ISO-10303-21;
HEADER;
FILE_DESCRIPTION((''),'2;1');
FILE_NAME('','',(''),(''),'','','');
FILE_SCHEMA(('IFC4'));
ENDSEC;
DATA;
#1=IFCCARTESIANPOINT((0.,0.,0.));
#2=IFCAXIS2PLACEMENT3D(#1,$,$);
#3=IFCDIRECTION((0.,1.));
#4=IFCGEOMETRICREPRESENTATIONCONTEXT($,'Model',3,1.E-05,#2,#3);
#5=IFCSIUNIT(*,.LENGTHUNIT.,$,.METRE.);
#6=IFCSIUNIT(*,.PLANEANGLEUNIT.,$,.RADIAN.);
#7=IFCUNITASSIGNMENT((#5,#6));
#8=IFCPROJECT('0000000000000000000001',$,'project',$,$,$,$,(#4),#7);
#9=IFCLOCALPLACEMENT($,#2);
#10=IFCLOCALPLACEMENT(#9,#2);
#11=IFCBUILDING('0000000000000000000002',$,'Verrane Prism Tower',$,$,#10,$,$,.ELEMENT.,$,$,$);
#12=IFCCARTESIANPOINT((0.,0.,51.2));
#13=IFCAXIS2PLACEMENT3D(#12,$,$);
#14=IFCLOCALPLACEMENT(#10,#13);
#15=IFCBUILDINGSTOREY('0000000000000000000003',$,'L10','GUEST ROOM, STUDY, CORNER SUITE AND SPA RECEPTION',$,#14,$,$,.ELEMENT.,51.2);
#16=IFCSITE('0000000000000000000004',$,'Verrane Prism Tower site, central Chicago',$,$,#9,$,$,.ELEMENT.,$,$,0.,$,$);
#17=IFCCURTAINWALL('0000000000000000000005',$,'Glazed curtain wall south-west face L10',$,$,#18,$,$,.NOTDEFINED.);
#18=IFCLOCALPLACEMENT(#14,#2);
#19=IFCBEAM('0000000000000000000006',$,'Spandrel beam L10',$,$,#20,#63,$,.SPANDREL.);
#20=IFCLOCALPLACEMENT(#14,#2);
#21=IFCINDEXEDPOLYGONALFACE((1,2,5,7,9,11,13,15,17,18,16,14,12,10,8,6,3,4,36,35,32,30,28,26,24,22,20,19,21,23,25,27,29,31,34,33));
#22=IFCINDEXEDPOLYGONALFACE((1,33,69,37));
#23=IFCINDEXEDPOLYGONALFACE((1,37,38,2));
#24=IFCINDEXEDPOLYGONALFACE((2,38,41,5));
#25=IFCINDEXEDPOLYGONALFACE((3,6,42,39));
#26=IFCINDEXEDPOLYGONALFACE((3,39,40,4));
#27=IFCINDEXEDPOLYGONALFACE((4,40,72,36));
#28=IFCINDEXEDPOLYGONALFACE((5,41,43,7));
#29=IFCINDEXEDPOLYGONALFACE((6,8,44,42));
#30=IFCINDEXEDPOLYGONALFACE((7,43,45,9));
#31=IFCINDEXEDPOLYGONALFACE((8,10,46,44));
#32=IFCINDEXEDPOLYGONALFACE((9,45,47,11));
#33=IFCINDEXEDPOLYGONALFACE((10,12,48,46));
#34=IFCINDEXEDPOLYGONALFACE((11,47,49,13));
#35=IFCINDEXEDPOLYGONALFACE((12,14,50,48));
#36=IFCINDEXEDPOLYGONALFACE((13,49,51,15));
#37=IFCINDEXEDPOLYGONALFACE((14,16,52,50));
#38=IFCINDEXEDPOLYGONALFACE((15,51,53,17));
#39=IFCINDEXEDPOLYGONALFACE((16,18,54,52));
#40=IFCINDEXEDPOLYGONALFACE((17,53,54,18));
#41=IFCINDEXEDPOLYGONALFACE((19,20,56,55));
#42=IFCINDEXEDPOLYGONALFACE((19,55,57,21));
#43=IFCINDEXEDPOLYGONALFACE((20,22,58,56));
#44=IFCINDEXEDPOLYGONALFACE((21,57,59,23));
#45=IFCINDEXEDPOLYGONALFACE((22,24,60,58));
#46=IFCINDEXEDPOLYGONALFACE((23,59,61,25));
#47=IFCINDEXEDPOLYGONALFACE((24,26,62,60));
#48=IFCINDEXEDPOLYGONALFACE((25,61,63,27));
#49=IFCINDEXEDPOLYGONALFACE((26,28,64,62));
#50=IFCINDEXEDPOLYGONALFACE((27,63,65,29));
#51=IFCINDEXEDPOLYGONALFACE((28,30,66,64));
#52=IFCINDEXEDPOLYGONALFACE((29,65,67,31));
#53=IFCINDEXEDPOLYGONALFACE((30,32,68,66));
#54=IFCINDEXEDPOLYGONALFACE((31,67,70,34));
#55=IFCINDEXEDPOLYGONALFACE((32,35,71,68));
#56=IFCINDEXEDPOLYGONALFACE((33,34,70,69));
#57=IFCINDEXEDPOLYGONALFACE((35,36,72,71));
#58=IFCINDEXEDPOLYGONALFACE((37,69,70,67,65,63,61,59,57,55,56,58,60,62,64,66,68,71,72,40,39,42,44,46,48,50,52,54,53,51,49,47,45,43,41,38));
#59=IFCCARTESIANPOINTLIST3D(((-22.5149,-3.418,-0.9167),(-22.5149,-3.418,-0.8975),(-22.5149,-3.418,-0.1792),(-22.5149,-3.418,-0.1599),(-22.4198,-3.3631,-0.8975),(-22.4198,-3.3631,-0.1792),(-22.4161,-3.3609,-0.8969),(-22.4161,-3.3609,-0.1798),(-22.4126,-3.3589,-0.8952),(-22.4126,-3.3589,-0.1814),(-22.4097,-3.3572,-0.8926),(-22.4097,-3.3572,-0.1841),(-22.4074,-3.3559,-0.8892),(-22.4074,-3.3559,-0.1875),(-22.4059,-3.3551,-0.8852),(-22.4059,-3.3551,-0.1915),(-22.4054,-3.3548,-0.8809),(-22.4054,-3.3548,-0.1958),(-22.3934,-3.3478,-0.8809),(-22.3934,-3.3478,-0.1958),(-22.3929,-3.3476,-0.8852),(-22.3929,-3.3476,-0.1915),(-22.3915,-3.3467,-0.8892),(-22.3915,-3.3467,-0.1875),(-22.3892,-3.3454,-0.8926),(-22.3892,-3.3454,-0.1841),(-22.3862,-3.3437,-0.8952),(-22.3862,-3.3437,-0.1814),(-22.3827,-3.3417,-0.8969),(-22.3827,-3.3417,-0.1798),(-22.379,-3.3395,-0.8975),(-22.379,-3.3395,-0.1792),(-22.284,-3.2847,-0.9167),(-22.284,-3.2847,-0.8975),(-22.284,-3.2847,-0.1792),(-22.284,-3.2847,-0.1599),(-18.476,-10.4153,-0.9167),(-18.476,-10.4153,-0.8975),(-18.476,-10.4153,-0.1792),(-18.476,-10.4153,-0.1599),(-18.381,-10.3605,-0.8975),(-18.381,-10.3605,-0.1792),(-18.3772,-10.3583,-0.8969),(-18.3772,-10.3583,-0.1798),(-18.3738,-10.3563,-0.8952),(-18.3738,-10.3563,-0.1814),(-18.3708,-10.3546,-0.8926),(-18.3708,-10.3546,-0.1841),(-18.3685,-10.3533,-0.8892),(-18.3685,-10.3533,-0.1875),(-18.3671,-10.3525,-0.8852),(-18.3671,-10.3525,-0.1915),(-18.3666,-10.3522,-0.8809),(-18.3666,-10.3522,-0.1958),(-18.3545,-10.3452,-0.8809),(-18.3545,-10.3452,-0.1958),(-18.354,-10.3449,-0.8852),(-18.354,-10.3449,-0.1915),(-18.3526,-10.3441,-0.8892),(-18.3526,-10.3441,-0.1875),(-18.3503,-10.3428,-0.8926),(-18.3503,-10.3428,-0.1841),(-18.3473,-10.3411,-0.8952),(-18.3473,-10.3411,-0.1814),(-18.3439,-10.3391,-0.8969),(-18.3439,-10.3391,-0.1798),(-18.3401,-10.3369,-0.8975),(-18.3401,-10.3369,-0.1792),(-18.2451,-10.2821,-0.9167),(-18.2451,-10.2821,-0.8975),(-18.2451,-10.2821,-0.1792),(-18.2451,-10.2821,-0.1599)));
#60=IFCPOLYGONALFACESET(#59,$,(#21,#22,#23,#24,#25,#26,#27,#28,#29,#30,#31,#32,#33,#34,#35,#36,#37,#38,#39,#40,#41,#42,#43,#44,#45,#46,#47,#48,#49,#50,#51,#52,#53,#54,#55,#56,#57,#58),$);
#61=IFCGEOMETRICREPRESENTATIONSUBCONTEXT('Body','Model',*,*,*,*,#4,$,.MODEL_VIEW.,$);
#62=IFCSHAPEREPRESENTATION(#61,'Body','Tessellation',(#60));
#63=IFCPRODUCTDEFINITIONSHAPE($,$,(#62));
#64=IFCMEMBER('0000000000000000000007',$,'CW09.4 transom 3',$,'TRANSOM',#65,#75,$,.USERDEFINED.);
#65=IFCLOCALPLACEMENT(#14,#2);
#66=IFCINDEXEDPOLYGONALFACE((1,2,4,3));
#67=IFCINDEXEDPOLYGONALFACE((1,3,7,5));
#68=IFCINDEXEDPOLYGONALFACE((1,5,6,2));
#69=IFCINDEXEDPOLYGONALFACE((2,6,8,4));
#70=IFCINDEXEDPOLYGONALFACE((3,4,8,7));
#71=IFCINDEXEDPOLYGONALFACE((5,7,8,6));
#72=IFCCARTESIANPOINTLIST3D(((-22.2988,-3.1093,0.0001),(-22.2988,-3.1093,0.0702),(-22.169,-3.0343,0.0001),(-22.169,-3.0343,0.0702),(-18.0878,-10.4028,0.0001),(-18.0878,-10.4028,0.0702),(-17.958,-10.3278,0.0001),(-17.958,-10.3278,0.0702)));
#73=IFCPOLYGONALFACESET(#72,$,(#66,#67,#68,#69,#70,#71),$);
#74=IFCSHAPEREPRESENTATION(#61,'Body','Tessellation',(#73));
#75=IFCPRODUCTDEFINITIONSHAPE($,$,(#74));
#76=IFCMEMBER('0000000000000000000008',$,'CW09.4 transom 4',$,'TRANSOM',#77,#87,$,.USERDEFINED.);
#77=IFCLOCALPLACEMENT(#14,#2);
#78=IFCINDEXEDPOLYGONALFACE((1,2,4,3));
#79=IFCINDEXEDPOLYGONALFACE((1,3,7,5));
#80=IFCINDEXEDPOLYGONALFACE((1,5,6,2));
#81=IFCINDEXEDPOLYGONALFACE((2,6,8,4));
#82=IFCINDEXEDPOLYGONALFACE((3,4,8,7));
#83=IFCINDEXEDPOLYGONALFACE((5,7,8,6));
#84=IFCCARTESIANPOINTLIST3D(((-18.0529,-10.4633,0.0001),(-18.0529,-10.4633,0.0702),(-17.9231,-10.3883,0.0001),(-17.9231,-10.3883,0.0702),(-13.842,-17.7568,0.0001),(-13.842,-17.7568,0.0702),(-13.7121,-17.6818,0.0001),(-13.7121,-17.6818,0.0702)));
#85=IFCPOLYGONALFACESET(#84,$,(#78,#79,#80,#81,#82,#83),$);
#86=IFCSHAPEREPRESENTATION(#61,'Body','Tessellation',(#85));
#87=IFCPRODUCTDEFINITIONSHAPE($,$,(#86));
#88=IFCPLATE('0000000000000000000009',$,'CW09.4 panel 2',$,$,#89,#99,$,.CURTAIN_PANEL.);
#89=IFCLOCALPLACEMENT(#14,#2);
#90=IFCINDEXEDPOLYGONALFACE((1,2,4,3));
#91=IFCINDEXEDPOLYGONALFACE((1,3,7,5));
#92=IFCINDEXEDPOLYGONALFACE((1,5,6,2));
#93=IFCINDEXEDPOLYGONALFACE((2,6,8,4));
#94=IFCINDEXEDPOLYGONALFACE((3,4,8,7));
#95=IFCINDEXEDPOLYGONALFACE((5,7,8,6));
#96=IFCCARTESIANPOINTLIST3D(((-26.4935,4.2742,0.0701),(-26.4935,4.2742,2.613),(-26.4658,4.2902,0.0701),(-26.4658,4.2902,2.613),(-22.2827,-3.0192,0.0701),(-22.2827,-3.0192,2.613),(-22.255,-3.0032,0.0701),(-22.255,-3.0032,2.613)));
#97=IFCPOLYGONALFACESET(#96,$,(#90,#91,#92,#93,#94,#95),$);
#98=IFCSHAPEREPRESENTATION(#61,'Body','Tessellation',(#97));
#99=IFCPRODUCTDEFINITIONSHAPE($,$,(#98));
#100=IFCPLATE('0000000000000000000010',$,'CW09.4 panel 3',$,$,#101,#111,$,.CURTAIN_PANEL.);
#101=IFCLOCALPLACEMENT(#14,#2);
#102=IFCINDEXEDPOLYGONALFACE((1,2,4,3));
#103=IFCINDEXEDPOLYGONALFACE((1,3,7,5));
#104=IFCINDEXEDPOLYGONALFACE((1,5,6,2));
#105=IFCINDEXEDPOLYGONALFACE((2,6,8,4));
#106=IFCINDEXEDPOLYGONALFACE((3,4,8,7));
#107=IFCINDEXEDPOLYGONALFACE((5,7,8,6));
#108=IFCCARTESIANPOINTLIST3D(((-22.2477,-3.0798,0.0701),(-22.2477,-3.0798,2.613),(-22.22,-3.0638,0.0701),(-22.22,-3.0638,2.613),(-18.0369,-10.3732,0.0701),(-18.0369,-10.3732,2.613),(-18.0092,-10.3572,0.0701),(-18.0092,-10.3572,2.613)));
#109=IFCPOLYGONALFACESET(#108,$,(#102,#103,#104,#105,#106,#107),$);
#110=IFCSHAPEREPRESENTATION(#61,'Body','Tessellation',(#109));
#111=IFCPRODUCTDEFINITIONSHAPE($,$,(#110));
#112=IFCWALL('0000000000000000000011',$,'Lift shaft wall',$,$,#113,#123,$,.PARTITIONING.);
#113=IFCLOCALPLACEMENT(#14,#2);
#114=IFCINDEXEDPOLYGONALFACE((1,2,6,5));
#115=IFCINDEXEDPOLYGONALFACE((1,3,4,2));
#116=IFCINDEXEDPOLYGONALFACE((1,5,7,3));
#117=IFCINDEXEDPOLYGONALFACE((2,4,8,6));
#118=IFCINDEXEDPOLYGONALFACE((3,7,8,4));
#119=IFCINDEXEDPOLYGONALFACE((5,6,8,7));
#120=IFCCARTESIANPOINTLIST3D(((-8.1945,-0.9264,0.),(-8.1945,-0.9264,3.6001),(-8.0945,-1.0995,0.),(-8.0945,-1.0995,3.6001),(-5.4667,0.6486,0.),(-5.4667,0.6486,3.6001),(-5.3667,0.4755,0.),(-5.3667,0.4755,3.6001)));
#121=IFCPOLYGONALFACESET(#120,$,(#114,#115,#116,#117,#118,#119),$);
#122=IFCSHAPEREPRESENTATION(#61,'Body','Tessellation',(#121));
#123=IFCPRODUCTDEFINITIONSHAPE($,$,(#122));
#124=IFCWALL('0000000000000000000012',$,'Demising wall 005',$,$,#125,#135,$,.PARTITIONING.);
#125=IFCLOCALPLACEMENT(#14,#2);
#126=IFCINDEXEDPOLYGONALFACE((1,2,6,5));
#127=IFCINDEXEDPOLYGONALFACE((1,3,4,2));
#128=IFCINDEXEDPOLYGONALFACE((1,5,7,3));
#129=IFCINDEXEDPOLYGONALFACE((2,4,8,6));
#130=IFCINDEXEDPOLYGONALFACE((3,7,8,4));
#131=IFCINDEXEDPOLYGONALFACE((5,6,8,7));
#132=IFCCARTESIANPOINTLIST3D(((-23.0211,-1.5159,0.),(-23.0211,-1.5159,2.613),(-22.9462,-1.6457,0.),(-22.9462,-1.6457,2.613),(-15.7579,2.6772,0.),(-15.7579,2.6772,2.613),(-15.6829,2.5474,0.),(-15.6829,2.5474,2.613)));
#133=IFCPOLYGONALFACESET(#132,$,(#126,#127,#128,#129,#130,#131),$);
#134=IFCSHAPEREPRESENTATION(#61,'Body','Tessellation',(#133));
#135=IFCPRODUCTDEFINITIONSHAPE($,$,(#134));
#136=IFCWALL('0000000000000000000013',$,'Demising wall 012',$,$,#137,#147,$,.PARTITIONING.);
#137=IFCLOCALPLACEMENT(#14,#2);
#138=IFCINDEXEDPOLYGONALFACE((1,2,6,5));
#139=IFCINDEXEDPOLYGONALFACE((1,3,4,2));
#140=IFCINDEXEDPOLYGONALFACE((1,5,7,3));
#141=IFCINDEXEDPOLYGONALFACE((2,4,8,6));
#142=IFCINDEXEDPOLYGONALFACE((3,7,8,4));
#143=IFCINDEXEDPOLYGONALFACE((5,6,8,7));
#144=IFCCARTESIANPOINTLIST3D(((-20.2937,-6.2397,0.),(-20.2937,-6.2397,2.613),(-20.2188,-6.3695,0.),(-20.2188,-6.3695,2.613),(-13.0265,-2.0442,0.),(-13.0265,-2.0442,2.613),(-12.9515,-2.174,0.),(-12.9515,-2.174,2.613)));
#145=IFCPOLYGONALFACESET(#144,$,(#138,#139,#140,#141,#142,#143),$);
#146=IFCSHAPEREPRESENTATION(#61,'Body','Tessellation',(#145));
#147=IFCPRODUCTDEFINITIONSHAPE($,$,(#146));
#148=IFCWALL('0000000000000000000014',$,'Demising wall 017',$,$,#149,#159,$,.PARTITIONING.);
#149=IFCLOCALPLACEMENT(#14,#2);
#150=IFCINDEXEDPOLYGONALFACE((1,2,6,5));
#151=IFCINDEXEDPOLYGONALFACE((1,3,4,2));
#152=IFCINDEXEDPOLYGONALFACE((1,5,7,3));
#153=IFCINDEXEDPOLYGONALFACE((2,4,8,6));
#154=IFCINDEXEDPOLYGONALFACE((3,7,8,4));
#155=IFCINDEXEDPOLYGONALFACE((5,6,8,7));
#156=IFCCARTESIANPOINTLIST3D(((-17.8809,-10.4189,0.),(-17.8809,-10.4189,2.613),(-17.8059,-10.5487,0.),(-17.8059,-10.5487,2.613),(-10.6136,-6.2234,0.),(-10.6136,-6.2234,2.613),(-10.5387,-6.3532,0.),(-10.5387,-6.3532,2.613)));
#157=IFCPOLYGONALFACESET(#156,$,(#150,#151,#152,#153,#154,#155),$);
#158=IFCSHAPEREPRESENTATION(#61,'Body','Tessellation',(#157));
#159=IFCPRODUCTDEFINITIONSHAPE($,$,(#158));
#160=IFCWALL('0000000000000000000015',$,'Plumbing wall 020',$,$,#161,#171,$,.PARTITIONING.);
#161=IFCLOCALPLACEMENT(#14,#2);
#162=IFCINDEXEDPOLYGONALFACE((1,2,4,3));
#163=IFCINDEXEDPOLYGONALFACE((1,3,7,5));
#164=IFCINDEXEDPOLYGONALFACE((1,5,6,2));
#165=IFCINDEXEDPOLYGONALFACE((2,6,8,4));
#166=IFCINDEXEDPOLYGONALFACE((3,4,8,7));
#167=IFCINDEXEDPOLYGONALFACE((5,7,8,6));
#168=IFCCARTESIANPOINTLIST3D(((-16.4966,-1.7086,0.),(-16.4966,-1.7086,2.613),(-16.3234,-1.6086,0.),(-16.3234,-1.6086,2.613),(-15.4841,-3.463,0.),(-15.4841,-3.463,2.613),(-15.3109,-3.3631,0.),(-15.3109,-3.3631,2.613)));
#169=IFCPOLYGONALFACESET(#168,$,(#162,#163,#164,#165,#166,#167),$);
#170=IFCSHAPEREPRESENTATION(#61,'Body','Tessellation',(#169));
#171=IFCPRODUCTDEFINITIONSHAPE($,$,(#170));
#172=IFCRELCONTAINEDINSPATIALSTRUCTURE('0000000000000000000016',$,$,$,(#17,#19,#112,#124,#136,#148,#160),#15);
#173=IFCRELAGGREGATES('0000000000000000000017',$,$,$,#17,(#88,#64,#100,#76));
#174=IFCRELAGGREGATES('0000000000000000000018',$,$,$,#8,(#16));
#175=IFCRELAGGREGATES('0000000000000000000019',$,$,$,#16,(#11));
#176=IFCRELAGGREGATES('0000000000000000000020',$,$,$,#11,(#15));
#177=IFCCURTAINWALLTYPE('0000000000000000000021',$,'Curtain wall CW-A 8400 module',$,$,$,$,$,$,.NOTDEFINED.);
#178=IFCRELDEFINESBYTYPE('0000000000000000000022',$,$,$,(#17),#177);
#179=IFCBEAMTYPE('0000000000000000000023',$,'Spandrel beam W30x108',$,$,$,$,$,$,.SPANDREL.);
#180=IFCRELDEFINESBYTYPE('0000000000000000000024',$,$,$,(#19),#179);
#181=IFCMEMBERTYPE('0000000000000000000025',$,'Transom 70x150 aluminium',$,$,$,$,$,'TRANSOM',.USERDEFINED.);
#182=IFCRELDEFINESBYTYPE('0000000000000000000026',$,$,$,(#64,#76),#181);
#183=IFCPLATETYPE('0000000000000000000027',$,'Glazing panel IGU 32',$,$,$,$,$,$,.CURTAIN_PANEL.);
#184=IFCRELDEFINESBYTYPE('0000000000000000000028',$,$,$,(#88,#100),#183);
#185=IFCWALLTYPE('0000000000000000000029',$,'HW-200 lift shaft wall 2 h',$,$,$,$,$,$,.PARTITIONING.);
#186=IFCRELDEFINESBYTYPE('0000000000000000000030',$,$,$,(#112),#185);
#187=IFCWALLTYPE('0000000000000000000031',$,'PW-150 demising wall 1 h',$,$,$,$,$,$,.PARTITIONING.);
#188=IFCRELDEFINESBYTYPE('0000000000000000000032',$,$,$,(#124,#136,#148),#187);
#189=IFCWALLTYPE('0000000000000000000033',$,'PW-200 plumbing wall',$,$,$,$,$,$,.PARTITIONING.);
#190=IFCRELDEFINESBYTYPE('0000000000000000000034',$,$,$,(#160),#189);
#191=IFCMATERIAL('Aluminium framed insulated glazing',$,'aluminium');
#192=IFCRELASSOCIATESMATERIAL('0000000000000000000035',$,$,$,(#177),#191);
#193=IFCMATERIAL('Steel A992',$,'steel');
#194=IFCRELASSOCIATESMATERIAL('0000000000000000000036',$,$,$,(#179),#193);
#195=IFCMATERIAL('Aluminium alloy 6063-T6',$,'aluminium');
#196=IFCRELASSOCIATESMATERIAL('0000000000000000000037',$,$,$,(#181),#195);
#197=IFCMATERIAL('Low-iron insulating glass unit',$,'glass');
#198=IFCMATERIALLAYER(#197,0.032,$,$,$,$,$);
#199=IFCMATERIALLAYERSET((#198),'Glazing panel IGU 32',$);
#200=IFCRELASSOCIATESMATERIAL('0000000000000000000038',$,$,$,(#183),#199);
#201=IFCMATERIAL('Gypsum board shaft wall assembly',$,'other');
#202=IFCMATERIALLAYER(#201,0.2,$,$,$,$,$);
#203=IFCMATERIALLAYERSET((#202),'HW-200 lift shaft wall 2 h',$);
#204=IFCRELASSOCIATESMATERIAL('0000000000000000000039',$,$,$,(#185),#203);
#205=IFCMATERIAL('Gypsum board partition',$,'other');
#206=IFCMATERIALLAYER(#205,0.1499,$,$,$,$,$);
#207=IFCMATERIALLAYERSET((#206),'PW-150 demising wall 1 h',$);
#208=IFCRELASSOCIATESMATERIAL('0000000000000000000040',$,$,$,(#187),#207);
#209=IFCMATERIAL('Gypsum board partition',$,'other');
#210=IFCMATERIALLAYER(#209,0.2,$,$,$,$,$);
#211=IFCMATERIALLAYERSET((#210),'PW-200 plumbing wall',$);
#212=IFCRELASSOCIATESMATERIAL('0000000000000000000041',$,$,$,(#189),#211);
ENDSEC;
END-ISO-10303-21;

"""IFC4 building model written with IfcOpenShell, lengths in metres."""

from ifc_helpers import new_model, si_unit, direction, frame, frame_2d, origin, origin_2d, place, context, subcontext, project, spatial, rectangle, i_section, extrude, material, layer, layer_set, material_profile, profile_set, type_object, element, aggregate, save


model = new_model("IFC4")

# Units and contexts
model_context = context("Model", 3, precision=1e-05, world=origin(), true_north=direction((0.0, 1.0)))
body_context = subcontext(model_context, "Body", "Model", "MODEL_VIEW")
ifc_project = project(units=[si_unit("LENGTHUNIT", "METRE"), si_unit("PLANEANGLEUNIT", "RADIAN")], contexts=[model_context])

# Site, building, storey
site_placement = place(None, origin())
site = spatial("IfcSite", under=ifc_project, at=site_placement, Name="Verrane Prism Tower site, central Chicago", CompositionType="ELEMENT", RefElevation=0.0)
building_placement = place(site_placement, origin())
building = spatial("IfcBuilding", under=site, at=building_placement, Name="Verrane Prism Tower", CompositionType="ELEMENT")
storey_placement = place(building_placement, frame((0.0, 0.0, 51.2)))
storey = spatial("IfcBuildingStorey", under=building, at=storey_placement, Name="L10", Description="GUEST ROOM, STUDY, CORNER SUITE AND SPA RECEPTION", CompositionType="ELEMENT", Elevation=51.2)

# Curtain wall
ifc_material_1 = material(Name="Aluminium framed insulated glazing", Category="aluminium")
curtain_wall_type = type_object("IfcCurtainWallType", Name="Curtain wall CW-A 8400 module", PredefinedType="NOTDEFINED", material=ifc_material_1)
curtain_wall_placement = place(storey_placement, origin())
curtain_wall = element("IfcCurtainWall", 1, at=curtain_wall_placement, inside=storey, type_object=curtain_wall_type, Name="Glazed curtain wall south-west face L10", PredefinedType="NOTDEFINED")

# Beam
ifc_material_2 = material(Name="Steel A992", Category="steel")
ifc_material_profile_1 = material_profile(ifc_material_2, i_section(OverallWidth=0.2666, OverallDepth=0.7568, WebThickness=0.0139, FlangeThickness=0.0193, FilletRadius=0.0166, at=origin_2d()), Name="W30x108")
ifc_profile_set_1 = profile_set([ifc_material_profile_1], Name="Steel A992")
beam_type_1 = type_object("IfcBeamType", Name="Spandrel beam W30x108", PredefinedType="SPANDREL", material=ifc_profile_set_1)
beam_1_placement = place(storey_placement, frame((-22.3994, -3.3513, -0.5383), z_axis=(0.499899, -0.866083, 0.0), x_axis=(0.866083, 0.499899, 0.0)))
element("IfcBeam", 2, at=beam_1_placement, inside=storey, type_object=beam_type_1, Name="Spandrel beam L10", PredefinedType="SPANDREL", context=body_context, shape_type="SweptSolid", body=[
    extrude(i_section(OverallWidth=0.2666, OverallDepth=0.7568, WebThickness=0.0139, FlangeThickness=0.0193, FilletRadius=0.0166, at=origin_2d()), origin(), (0.0, 0.0, 1.0), 8.0793),
])

# Members
ifc_material_3 = material(Name="Aluminium alloy 6063-T6", Category="aluminium")
ifc_material_profile_2 = material_profile(ifc_material_3, rectangle(XDim=0.1499, YDim=0.0701, at=origin_2d()), Name="Transom 70x150 aluminium")
ifc_profile_set_2 = profile_set([ifc_material_profile_2], Name="Aluminium alloy 6063-T6")
member_type_1 = type_object("IfcMemberType", Name="Transom 70x150 aluminium", ElementType="TRANSOM", PredefinedType="USERDEFINED", material=ifc_profile_set_2)
member_1_placement = place(storey_placement, frame((-22.2339, -3.0718, 0.0352), z_axis=(0.500005, -0.866022, 0.0), x_axis=(0.866022, 0.500005, 0.0)))
member_1 = element("IfcMember", 3, at=member_1_placement, type_object=member_type_1, Name="CW09.4 transom 3", ObjectType="TRANSOM", PredefinedType="USERDEFINED", context=body_context, shape_type="SweptSolid", body=[
    extrude(rectangle(XDim=0.1499, YDim=0.0701, at=origin_2d()), origin(), (0.0, 0.0, 1.0), 8.4219),
])
member_2_placement = place(storey_placement, frame((-17.988, -10.4258, 0.0352), z_axis=(0.500005, -0.866022, 0.0), x_axis=(0.866022, 0.500005, 0.0)))
member_2 = element("IfcMember", 4, at=member_2_placement, type_object=member_type_1, Name="CW09.4 transom 4", ObjectType="TRANSOM", PredefinedType="USERDEFINED", context=body_context, shape_type="SweptSolid", body=[
    extrude(rectangle(XDim=0.1499, YDim=0.0701, at=origin_2d()), origin(), (0.0, 0.0, 1.0), 8.4219),
])

# Plates
ifc_material_4 = material(Name="Low-iron insulating glass unit", Category="glass")
ifc_layer_1 = layer(ifc_material_4, 0.032)
ifc_layer_set_1 = layer_set([ifc_layer_1], Name="Glazing panel IGU 32")
plate_type = type_object("IfcPlateType", Name="Glazing panel IGU 32", PredefinedType="CURTAIN_PANEL", material=ifc_layer_set_1)
plate_1_placement = place(storey_placement, frame((-24.3743, 0.6355, 0.0701), z_axis=(0.0, 0.0, 1.0), x_axis=(0.499999, -0.866026, 0.0)))
plate_1 = element("IfcPlate", 5, at=plate_1_placement, type_object=plate_type, Name="CW09.4 panel 2", PredefinedType="CURTAIN_PANEL", context=body_context, shape_type="SweptSolid", body=[
    extrude(rectangle(XDim=8.4216, YDim=0.032, at=origin_2d()), origin(), (0.0, 0.0, 1.0), 2.543),
])
plate_2_placement = place(storey_placement, frame((-20.1284, -6.7185, 0.0701), z_axis=(0.0, 0.0, 1.0), x_axis=(0.499999, -0.866026, 0.0)))
plate_2 = element("IfcPlate", 6, at=plate_2_placement, type_object=plate_type, Name="CW09.4 panel 3", PredefinedType="CURTAIN_PANEL", context=body_context, shape_type="SweptSolid", body=[
    extrude(rectangle(XDim=8.4216, YDim=0.032, at=origin_2d()), origin(), (0.0, 0.0, 1.0), 2.543),
])
aggregate(curtain_wall, [plate_1, member_1, plate_2, member_2])

# Walls
ifc_material_5 = material(Name="Gypsum board shaft wall assembly", Category="other")
ifc_layer_2 = layer(ifc_material_5, 0.2)
ifc_layer_set_2 = layer_set([ifc_layer_2], Name="HW-200 lift shaft wall 2 h")
wall_type_1 = type_object("IfcWallType", Name="HW-200 lift shaft wall 2 h", PredefinedType="PARTITIONING", material=ifc_layer_set_2)
wall_1_placement = place(storey_placement, frame((-8.1445, -1.0129, 0.0), z_axis=(0.0, 0.0, 1.0), x_axis=(0.866016, 0.500015, 0.0)))
element("IfcWall", 7, at=wall_1_placement, inside=storey, type_object=wall_type_1, Name="Lift shaft wall", PredefinedType="PARTITIONING", context=body_context, shape_type="SweptSolid", body=[
    extrude(rectangle(XDim=3.1499, YDim=0.2, at=frame_2d((1.575, 0.0))), origin(), (0.0, 0.0, 1.0), 3.6001),
])
ifc_material_6 = material(Name="Gypsum board partition", Category="other")
ifc_layer_3 = layer(ifc_material_6, 0.1499)
ifc_layer_set_3 = layer_set([ifc_layer_3], Name="PW-150 demising wall 1 h")
wall_type_2 = type_object("IfcWallType", Name="PW-150 demising wall 1 h", PredefinedType="PARTITIONING", material=ifc_layer_set_3)
wall_2_placement = place(storey_placement, frame((-22.9836, -1.5808, 0.0), z_axis=(0.0, 0.0, 1.0), x_axis=(0.86604, 0.499974, 0.0)))
element("IfcWall", 8, at=wall_2_placement, inside=storey, type_object=wall_type_2, Name="Demising wall 005", PredefinedType="PARTITIONING", context=body_context, shape_type="SweptSolid", body=[
    extrude(rectangle(XDim=8.3867, YDim=0.1499, at=frame_2d((4.1934, 0.0))), origin(), (0.0, 0.0, 1.0), 2.613),
])
for number, where, z_axis, x_axis, name in (
    (9, (-20.2563, -6.3047, 0.0), (0.0, 0.0, 1.0), (0.866038, 0.499978, 0.0), "Demising wall 012"),
    (10, (-17.8435, -10.4839, 0.0), (0.0, 0.0, 1.0), (0.866038, 0.499978, 0.0), "Demising wall 017"),
):
    element("IfcWall", number, at=place(storey_placement, frame(where, z_axis=z_axis, x_axis=x_axis)), inside=storey, type_object=wall_type_2, Name=name, PredefinedType="PARTITIONING", context=body_context, shape_type="SweptSolid", body=[
        extrude(rectangle(XDim=8.3914, YDim=0.1499, at=frame_2d((4.1958, 0.0))), origin(), (0.0, 0.0, 1.0), 2.613),
    ])
ifc_material_7 = material(Name="Gypsum board partition", Category="other")
ifc_layer_4 = layer(ifc_material_7, 0.2)
ifc_layer_set_4 = layer_set([ifc_layer_4], Name="PW-200 plumbing wall")
wall_type_3 = type_object("IfcWallType", Name="PW-200 plumbing wall", PredefinedType="PARTITIONING", material=ifc_layer_set_4)
wall_3_placement = place(storey_placement, frame((-16.4099, -1.6587, 0.0), z_axis=(0.0, 0.0, 1.0), x_axis=(0.499834, -0.866121, 0.0)))
element("IfcWall", 11, at=wall_3_placement, inside=storey, type_object=wall_type_3, Name="Plumbing wall 020", PredefinedType="PARTITIONING", context=body_context, shape_type="SweptSolid", body=[
    extrude(rectangle(XDim=2.0256, YDim=0.2, at=frame_2d((1.0127, 0.0))), origin(), (0.0, 0.0, 1.0), 2.613),
])

save(model, "model.ifc")
